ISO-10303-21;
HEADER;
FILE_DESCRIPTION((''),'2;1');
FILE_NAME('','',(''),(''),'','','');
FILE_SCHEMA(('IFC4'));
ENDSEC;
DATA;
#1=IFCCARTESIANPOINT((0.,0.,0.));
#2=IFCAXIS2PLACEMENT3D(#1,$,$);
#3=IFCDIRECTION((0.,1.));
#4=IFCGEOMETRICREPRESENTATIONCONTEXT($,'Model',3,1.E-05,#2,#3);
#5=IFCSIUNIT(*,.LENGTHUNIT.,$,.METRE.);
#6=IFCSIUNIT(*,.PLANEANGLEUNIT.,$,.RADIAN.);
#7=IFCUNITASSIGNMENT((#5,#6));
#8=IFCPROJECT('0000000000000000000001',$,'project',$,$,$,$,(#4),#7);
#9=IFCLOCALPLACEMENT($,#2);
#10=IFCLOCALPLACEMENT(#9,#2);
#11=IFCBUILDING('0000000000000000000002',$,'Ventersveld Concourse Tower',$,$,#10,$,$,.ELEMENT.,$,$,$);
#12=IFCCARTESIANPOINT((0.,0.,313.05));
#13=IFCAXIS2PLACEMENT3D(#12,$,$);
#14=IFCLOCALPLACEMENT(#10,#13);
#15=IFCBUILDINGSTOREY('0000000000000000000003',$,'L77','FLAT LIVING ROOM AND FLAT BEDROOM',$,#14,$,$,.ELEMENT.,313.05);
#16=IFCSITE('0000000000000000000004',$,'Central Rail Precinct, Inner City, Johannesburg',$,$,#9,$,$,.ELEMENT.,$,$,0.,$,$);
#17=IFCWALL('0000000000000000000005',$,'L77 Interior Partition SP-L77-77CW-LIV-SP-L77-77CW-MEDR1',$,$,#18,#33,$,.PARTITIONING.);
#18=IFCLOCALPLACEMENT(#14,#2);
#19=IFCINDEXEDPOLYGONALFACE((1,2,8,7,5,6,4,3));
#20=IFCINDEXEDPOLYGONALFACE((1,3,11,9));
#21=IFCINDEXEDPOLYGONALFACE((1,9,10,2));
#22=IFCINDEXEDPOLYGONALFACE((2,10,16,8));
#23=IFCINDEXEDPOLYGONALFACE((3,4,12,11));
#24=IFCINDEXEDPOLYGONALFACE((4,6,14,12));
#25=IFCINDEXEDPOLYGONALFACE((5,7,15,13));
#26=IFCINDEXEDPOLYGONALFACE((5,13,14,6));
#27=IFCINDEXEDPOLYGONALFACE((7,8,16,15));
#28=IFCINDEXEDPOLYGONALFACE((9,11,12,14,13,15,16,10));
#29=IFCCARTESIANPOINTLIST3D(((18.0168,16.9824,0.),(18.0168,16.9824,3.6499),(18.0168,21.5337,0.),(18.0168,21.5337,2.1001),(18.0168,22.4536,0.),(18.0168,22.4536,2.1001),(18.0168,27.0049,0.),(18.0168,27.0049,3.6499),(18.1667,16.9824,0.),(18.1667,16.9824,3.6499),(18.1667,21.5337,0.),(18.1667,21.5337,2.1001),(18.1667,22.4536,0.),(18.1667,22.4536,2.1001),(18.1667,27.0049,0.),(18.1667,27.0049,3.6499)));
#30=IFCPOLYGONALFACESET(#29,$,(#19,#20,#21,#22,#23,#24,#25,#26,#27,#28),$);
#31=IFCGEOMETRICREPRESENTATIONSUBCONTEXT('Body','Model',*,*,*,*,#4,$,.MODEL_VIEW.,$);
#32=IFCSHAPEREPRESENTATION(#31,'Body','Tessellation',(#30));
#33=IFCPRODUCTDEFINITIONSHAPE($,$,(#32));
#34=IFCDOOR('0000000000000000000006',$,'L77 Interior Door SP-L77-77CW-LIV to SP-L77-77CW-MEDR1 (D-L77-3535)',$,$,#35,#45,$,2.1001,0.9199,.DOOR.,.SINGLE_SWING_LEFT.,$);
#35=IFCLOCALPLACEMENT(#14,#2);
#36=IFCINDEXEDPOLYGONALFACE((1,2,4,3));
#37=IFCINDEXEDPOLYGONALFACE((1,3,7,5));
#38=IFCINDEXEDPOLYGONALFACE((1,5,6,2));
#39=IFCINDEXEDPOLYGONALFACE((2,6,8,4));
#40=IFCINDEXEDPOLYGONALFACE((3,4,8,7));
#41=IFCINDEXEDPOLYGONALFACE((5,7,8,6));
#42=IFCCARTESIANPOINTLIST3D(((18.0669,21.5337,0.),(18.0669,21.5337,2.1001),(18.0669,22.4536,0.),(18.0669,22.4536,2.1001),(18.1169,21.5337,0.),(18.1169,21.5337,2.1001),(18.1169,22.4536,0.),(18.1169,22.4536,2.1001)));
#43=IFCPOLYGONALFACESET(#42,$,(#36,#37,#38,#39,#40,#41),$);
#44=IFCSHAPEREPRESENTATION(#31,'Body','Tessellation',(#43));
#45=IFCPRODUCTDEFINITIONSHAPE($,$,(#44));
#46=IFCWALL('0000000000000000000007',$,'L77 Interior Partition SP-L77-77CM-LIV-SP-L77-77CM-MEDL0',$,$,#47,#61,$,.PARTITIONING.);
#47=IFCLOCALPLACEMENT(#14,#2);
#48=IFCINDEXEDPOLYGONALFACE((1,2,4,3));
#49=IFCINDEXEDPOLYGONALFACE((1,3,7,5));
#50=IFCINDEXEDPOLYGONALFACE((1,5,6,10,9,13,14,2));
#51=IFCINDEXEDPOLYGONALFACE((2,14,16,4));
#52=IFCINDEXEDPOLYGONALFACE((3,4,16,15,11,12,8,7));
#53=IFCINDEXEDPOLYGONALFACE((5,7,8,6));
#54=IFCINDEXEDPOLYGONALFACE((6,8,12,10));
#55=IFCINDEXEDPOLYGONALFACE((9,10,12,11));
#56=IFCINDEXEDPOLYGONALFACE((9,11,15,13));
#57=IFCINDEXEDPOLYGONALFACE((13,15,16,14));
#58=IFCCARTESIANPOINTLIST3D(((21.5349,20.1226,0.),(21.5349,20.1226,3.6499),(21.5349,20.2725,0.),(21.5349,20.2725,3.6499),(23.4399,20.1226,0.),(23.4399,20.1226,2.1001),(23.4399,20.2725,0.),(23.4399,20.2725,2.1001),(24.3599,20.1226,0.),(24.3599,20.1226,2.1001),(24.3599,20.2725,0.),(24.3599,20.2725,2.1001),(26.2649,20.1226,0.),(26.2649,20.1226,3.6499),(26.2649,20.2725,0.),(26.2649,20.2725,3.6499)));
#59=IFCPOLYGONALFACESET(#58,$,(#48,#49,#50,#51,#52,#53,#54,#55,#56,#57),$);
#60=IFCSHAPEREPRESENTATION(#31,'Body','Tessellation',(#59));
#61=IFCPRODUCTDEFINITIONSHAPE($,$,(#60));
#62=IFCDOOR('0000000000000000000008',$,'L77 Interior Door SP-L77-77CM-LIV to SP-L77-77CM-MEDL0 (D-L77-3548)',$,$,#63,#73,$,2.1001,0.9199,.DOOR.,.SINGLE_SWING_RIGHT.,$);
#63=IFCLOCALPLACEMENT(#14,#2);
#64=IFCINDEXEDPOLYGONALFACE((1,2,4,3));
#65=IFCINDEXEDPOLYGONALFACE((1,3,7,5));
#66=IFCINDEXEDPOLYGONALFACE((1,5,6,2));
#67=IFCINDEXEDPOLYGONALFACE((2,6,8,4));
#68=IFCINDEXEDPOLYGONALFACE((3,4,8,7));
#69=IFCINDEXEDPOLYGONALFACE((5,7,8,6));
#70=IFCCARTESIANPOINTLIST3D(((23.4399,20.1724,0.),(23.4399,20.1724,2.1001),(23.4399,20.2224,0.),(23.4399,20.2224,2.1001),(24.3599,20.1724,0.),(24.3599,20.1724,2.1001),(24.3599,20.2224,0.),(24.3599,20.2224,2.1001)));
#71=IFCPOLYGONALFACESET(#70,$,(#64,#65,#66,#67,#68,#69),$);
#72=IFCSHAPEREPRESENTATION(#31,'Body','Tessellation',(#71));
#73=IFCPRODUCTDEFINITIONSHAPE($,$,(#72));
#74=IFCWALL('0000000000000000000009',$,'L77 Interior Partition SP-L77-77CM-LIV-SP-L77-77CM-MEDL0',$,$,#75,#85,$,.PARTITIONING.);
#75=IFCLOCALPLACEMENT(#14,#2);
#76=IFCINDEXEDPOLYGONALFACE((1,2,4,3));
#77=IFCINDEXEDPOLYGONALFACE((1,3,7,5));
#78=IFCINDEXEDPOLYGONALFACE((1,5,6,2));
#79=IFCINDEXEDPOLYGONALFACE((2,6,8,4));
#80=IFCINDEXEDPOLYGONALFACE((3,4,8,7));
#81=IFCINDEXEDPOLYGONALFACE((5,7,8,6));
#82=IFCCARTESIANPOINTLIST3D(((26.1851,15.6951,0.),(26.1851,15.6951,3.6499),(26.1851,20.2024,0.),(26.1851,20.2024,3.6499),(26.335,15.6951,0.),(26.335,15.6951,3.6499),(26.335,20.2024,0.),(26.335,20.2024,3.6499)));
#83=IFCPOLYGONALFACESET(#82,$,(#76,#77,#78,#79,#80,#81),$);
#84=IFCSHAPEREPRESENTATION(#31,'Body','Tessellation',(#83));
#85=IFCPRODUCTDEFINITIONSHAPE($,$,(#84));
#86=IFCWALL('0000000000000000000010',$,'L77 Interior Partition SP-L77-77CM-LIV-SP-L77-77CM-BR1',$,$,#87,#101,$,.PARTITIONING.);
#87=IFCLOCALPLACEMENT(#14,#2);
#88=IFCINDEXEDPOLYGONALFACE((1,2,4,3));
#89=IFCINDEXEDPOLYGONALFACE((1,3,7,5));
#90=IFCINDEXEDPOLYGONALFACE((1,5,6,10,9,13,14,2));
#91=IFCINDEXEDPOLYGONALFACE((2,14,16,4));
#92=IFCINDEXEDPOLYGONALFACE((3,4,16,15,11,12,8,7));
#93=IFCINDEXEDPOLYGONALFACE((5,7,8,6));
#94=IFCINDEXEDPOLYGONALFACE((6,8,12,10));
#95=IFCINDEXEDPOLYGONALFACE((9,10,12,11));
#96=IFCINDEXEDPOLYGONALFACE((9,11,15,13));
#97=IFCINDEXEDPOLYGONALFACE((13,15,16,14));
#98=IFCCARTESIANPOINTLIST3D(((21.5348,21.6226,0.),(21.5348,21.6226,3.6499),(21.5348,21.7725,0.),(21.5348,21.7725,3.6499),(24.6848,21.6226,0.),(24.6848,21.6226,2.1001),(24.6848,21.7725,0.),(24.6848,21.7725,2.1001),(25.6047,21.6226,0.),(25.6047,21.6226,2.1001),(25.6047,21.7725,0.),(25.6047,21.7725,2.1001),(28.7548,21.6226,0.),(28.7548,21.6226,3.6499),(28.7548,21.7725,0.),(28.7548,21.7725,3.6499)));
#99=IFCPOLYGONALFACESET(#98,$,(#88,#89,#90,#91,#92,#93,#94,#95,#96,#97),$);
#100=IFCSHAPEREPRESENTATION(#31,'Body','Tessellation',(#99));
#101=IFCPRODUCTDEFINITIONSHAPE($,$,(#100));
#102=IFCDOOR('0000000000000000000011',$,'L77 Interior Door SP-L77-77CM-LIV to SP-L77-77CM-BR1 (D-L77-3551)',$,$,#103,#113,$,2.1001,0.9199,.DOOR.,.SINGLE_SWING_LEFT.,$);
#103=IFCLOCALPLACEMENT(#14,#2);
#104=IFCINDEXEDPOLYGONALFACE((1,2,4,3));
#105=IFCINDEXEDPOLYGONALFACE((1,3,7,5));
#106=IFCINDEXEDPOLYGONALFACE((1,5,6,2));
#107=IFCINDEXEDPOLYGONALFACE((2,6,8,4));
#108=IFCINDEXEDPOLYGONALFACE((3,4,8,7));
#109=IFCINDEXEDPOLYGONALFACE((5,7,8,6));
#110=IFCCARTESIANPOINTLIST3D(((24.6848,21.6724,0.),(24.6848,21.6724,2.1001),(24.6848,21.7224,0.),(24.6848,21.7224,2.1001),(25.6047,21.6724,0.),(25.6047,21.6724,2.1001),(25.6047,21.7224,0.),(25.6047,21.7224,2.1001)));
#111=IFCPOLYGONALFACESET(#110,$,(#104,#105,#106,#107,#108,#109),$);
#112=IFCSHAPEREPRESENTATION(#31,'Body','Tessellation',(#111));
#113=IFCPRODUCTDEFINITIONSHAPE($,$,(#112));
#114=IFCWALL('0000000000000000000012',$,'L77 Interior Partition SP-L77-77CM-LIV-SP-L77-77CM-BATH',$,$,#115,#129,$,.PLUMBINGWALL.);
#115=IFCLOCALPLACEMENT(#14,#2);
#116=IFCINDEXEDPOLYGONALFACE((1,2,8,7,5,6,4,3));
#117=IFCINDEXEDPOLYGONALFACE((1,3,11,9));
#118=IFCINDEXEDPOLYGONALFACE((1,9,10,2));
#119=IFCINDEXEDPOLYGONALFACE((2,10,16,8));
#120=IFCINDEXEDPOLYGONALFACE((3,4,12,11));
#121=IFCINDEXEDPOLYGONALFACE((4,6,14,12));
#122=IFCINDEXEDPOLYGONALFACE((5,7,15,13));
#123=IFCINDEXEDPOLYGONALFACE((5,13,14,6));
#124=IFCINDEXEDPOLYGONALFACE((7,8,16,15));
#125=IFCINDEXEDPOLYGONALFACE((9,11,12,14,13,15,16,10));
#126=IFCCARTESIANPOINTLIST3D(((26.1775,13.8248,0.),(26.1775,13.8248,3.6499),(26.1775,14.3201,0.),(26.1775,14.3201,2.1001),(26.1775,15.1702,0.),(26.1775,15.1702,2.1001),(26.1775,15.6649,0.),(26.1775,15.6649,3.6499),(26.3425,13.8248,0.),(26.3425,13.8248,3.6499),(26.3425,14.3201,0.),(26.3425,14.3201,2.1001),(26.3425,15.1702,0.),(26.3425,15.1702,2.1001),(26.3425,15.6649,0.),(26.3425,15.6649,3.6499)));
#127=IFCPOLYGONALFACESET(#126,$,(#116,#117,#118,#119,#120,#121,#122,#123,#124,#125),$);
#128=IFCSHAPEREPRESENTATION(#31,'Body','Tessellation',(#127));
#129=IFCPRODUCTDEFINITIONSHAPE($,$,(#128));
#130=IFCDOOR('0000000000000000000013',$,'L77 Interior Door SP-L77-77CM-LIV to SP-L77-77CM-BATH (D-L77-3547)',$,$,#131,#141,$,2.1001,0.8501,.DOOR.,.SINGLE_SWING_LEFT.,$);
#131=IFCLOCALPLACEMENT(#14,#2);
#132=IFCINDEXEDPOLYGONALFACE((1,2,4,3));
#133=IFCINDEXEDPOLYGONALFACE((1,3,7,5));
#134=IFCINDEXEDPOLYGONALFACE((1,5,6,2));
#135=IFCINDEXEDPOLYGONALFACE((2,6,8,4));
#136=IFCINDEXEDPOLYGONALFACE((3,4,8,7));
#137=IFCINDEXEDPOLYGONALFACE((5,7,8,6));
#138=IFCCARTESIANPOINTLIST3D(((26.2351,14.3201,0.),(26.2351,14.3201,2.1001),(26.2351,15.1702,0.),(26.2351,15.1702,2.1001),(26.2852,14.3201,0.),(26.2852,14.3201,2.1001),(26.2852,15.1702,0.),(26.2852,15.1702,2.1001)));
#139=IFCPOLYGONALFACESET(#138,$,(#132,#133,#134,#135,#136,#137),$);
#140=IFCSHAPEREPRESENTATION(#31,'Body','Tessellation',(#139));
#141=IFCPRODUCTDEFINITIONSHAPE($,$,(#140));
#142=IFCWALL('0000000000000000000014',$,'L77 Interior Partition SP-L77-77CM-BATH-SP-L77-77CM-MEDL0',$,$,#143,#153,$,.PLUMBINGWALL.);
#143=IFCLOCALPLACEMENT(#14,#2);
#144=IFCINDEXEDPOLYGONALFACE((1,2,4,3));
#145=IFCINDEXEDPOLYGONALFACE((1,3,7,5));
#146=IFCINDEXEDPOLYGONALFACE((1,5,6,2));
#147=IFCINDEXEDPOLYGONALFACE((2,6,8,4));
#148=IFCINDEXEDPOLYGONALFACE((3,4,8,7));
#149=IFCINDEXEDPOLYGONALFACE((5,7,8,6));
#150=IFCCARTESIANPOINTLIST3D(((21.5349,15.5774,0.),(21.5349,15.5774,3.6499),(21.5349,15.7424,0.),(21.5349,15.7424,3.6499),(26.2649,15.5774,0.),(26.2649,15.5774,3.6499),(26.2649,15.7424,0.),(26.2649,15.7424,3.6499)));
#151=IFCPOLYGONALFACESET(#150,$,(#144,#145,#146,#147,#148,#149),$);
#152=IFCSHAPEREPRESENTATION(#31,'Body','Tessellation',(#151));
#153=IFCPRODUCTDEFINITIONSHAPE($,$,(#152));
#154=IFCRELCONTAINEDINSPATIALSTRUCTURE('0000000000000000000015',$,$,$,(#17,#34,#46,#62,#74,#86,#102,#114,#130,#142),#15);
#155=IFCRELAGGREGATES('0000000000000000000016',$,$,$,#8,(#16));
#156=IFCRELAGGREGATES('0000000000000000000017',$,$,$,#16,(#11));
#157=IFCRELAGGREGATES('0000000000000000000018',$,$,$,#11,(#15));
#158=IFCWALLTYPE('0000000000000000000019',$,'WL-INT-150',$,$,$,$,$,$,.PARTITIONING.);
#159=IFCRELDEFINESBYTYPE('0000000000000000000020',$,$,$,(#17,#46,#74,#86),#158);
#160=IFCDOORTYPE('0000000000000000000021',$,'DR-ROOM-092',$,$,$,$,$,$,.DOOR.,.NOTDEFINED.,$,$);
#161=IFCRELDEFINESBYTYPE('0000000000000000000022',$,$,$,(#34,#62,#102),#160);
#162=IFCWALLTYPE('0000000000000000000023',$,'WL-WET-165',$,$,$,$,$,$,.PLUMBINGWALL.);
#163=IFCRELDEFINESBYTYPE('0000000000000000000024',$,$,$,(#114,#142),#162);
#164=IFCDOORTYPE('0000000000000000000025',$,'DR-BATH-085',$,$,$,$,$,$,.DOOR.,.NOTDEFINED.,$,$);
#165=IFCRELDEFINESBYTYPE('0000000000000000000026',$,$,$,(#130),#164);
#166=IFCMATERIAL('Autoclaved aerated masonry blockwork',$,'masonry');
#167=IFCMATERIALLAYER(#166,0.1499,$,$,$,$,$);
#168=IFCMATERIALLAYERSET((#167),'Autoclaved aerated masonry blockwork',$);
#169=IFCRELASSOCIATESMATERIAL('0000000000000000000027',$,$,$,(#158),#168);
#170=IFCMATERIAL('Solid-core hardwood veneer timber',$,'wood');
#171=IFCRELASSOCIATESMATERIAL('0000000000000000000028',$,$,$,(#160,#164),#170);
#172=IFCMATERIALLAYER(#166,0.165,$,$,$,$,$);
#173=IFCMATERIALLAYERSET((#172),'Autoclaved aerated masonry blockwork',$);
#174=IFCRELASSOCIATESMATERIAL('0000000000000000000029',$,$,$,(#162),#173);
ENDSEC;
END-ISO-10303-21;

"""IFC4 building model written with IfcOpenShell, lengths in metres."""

from ifc_helpers import new_model, si_unit, direction, frame, frame_2d, origin, place, context, subcontext, project, spatial, rectangle, extrude, material, layer, layer_set, type_object, element, fill, save


model = new_model("IFC4")

# Units and contexts
model_context = context("Model", 3, precision=1e-05, world=origin(), true_north=direction((0.0, 1.0)))
body_context = subcontext(model_context, "Body", "Model", "MODEL_VIEW")
ifc_project = project(units=[si_unit("LENGTHUNIT", "METRE"), si_unit("PLANEANGLEUNIT", "RADIAN")], contexts=[model_context])

# Site, building, storey
site_placement = place(None, origin())
site = spatial("IfcSite", under=ifc_project, at=site_placement, Name="Central Rail Precinct, Inner City, Johannesburg", CompositionType="ELEMENT", RefElevation=0.0)
building_placement = place(site_placement, origin())
building = spatial("IfcBuilding", under=site, at=building_placement, Name="Ventersveld Concourse Tower", CompositionType="ELEMENT")
storey_placement = place(building_placement, frame((0.0, 0.0, 313.05)))
storey = spatial("IfcBuildingStorey", under=building, at=storey_placement, Name="L77", Description="FLAT LIVING ROOM AND FLAT BEDROOM", CompositionType="ELEMENT", Elevation=313.05)

# Shared definitions
ifc_material_1 = material(Name="Solid-core hardwood veneer timber", Category="wood")

# Shared definitions
ifc_material_2 = material(Name="Autoclaved aerated masonry blockwork", Category="masonry")
ifc_layer_1 = layer(ifc_material_2, 0.1499)
ifc_layer_set_1 = layer_set([ifc_layer_1], Name="Autoclaved aerated masonry blockwork")
wall_type_1 = type_object("IfcWallType", Name="WL-INT-150", PredefinedType="PARTITIONING", material=ifc_layer_set_1)
door_type_1 = type_object("IfcDoorType", Name="DR-ROOM-092", OperationType="NOTDEFINED", PredefinedType="DOOR", material=ifc_material_1)

# Walls, openings, doors
wall_1_placement = place(storey_placement, frame((18.0918, 16.9824, 0.0), z_axis=(0.0, 0.0, 1.0), x_axis=(0.0, 1.0, 0.0)))
wall_1 = element("IfcWall", 1, at=wall_1_placement, inside=storey, type_object=wall_type_1, Name="L77 Interior Partition SP-L77-77CW-LIV-SP-L77-77CW-MEDR1", PredefinedType="PARTITIONING", context=body_context, shape_type="SweptSolid", body=[
    extrude(rectangle(XDim=10.0225, YDim=0.1499, at=frame_2d((5.0112, 0.0))), origin(), (0.0, 0.0, 1.0), 3.6499),
])
opening_1_placement = place(wall_1_placement, frame((4.5513, 0.0, 0.0)))
opening_1 = element("IfcOpeningElement", 2, at=opening_1_placement, cuts=wall_1, PredefinedType="OPENING", context=body_context, shape_type="SweptSolid", body=[
    extrude(rectangle(XDim=0.9199, YDim=2.1001, at=frame_2d((0.46, 1.05))), frame((0.0, 0.085, 0.0), z_axis=(0.0, -1.0, 0.0), x_axis=(1.0, 0.0, 0.0)), (0.0, 0.0, 1.0), 0.1699),
])
door_1_placement = place(opening_1_placement, origin())
door_1 = element("IfcDoor", 3, at=door_1_placement, inside=storey, type_object=door_type_1, Name="L77 Interior Door SP-L77-77CW-LIV to SP-L77-77CW-MEDR1 (D-L77-3535)", OperationType="SINGLE_SWING_LEFT", OverallHeight=2.1001, OverallWidth=0.9199, PredefinedType="DOOR", context=body_context, shape_type="SweptSolid", body=[
    extrude(rectangle(XDim=0.9199, YDim=2.1001, at=frame_2d((0.46, 1.05))), frame((0.0, 0.0249, 0.0), z_axis=(0.0, -1.0, 0.0), x_axis=(1.0, 0.0, 0.0)), (0.0, 0.0, 1.0), 0.05),
])
fill(opening_1, door_1)
wall_2_placement = place(storey_placement, frame((21.5349, 20.1975, 0.0), z_axis=(0.0, 0.0, 1.0), x_axis=(1.0, 0.0, 0.0)))
wall_2 = element("IfcWall", 4, at=wall_2_placement, inside=storey, type_object=wall_type_1, Name="L77 Interior Partition SP-L77-77CM-LIV-SP-L77-77CM-MEDL0", PredefinedType="PARTITIONING", context=body_context, shape_type="SweptSolid", body=[
    extrude(rectangle(XDim=4.73, YDim=0.1499, at=frame_2d((2.365, 0.0))), origin(), (0.0, 0.0, 1.0), 3.6499),
])
opening_2_placement = place(wall_2_placement, frame((1.905, 0.0, 0.0)))
opening_2 = element("IfcOpeningElement", 5, at=opening_2_placement, cuts=wall_2, PredefinedType="OPENING", context=body_context, shape_type="SweptSolid", body=[
    extrude(rectangle(XDim=0.9199, YDim=2.1001, at=frame_2d((0.46, 1.05))), frame((0.0, 0.085, 0.0), z_axis=(0.0, -1.0, 0.0), x_axis=(1.0, 0.0, 0.0)), (0.0, 0.0, 1.0), 0.1699),
])
door_2_placement = place(opening_2_placement, origin())
door_2 = element("IfcDoor", 6, at=door_2_placement, inside=storey, type_object=door_type_1, Name="L77 Interior Door SP-L77-77CM-LIV to SP-L77-77CM-MEDL0 (D-L77-3548)", OperationType="SINGLE_SWING_RIGHT", OverallHeight=2.1001, OverallWidth=0.9199, PredefinedType="DOOR", context=body_context, shape_type="SweptSolid", body=[
    extrude(rectangle(XDim=0.9199, YDim=2.1001, at=frame_2d((0.46, 1.05))), frame((0.0, 0.0249, 0.0), z_axis=(0.0, -1.0, 0.0), x_axis=(1.0, 0.0, 0.0)), (0.0, 0.0, 1.0), 0.05),
])
fill(opening_2, door_2)

# Wall
wall_3_placement = place(storey_placement, frame((26.26, 15.6951, 0.0), z_axis=(0.0, 0.0, 1.0), x_axis=(0.0, 1.0, 0.0)))
element("IfcWall", 7, at=wall_3_placement, inside=storey, type_object=wall_type_1, Name="L77 Interior Partition SP-L77-77CM-LIV-SP-L77-77CM-MEDL0", PredefinedType="PARTITIONING", context=body_context, shape_type="SweptSolid", body=[
    extrude(rectangle(XDim=4.5073, YDim=0.1499, at=frame_2d((2.2537, 0.0))), origin(), (0.0, 0.0, 1.0), 3.6499),
])

# Walls, openings, doors
wall_4_placement = place(storey_placement, frame((21.5349, 21.6975, 0.0), z_axis=(0.0, 0.0, 1.0), x_axis=(1.0, 0.0, 0.0)))
wall_4 = element("IfcWall", 8, at=wall_4_placement, inside=storey, type_object=wall_type_1, Name="L77 Interior Partition SP-L77-77CM-LIV-SP-L77-77CM-BR1", PredefinedType="PARTITIONING", context=body_context, shape_type="SweptSolid", body=[
    extrude(rectangle(XDim=7.22, YDim=0.1499, at=frame_2d((3.6099, 0.0))), origin(), (0.0, 0.0, 1.0), 3.6499),
])
opening_3_placement = place(wall_4_placement, frame((3.1499, 0.0, 0.0)))
opening_3 = element("IfcOpeningElement", 9, at=opening_3_placement, cuts=wall_4, PredefinedType="OPENING", context=body_context, shape_type="SweptSolid", body=[
    extrude(rectangle(XDim=0.9199, YDim=2.1001, at=frame_2d((0.46, 1.05))), frame((0.0, 0.085, 0.0), z_axis=(0.0, -1.0, 0.0), x_axis=(1.0, 0.0, 0.0)), (0.0, 0.0, 1.0), 0.1699),
])
door_3_placement = place(opening_3_placement, origin())
door_3 = element("IfcDoor", 10, at=door_3_placement, inside=storey, type_object=door_type_1, Name="L77 Interior Door SP-L77-77CM-LIV to SP-L77-77CM-BR1 (D-L77-3551)", OperationType="SINGLE_SWING_LEFT", OverallHeight=2.1001, OverallWidth=0.9199, PredefinedType="DOOR", context=body_context, shape_type="SweptSolid", body=[
    extrude(rectangle(XDim=0.9199, YDim=2.1001, at=frame_2d((0.46, 1.05))), frame((0.0, 0.0249, 0.0), z_axis=(0.0, -1.0, 0.0), x_axis=(1.0, 0.0, 0.0)), (0.0, 0.0, 1.0), 0.05),
])
fill(opening_3, door_3)
ifc_layer_2 = layer(ifc_material_2, 0.165)
ifc_layer_set_2 = layer_set([ifc_layer_2], Name="Autoclaved aerated masonry blockwork")
wall_type_2 = type_object("IfcWallType", Name="WL-WET-165", PredefinedType="PLUMBINGWALL", material=ifc_layer_set_2)
wall_5_placement = place(storey_placement, frame((26.26, 13.825, 0.0), z_axis=(0.0, 0.0, 1.0), x_axis=(0.0, 1.0, 0.0)))
wall_5 = element("IfcWall", 11, at=wall_5_placement, inside=storey, type_object=wall_type_2, Name="L77 Interior Partition SP-L77-77CM-LIV-SP-L77-77CM-BATH", PredefinedType="PLUMBINGWALL", context=body_context, shape_type="SweptSolid", body=[
    extrude(rectangle(XDim=1.8401, YDim=0.165, at=frame_2d((0.9199, 0.0))), origin(), (0.0, 0.0, 1.0), 3.6499),
])
opening_4_placement = place(wall_5_placement, frame((0.4951, 0.0, 0.0)))
opening_4 = element("IfcOpeningElement", 12, at=opening_4_placement, cuts=wall_5, PredefinedType="OPENING", context=body_context, shape_type="SweptSolid", body=[
    extrude(rectangle(XDim=0.8501, YDim=2.1001, at=frame_2d((0.425, 1.05))), frame((0.0, 0.0925, 0.0), z_axis=(0.0, -1.0, 0.0), x_axis=(1.0, 0.0, 0.0)), (0.0, 0.0, 1.0), 0.1851),
])
door_type_2 = type_object("IfcDoorType", Name="DR-BATH-085", OperationType="NOTDEFINED", PredefinedType="DOOR", material=ifc_material_1)
door_4_placement = place(opening_4_placement, origin())
door_4 = element("IfcDoor", 13, at=door_4_placement, inside=storey, type_object=door_type_2, Name="L77 Interior Door SP-L77-77CM-LIV to SP-L77-77CM-BATH (D-L77-3547)", OperationType="SINGLE_SWING_LEFT", OverallHeight=2.1001, OverallWidth=0.8501, PredefinedType="DOOR", context=body_context, shape_type="SweptSolid", body=[
    extrude(rectangle(XDim=0.8501, YDim=2.1001, at=frame_2d((0.425, 1.05))), frame((0.0, 0.0249, 0.0), z_axis=(0.0, -1.0, 0.0), x_axis=(1.0, 0.0, 0.0)), (0.0, 0.0, 1.0), 0.05),
])
fill(opening_4, door_4)

# Wall
wall_6_placement = place(storey_placement, frame((21.5349, 15.6599, 0.0), z_axis=(0.0, 0.0, 1.0), x_axis=(1.0, 0.0, 0.0)))
element("IfcWall", 14, at=wall_6_placement, inside=storey, type_object=wall_type_2, Name="L77 Interior Partition SP-L77-77CM-BATH-SP-L77-77CM-MEDL0", PredefinedType="PLUMBINGWALL", context=body_context, shape_type="SweptSolid", body=[
    extrude(rectangle(XDim=4.73, YDim=0.165, at=frame_2d((2.365, 0.0))), origin(), (0.0, 0.0, 1.0), 3.6499),
])

save(model, "model.ifc")
